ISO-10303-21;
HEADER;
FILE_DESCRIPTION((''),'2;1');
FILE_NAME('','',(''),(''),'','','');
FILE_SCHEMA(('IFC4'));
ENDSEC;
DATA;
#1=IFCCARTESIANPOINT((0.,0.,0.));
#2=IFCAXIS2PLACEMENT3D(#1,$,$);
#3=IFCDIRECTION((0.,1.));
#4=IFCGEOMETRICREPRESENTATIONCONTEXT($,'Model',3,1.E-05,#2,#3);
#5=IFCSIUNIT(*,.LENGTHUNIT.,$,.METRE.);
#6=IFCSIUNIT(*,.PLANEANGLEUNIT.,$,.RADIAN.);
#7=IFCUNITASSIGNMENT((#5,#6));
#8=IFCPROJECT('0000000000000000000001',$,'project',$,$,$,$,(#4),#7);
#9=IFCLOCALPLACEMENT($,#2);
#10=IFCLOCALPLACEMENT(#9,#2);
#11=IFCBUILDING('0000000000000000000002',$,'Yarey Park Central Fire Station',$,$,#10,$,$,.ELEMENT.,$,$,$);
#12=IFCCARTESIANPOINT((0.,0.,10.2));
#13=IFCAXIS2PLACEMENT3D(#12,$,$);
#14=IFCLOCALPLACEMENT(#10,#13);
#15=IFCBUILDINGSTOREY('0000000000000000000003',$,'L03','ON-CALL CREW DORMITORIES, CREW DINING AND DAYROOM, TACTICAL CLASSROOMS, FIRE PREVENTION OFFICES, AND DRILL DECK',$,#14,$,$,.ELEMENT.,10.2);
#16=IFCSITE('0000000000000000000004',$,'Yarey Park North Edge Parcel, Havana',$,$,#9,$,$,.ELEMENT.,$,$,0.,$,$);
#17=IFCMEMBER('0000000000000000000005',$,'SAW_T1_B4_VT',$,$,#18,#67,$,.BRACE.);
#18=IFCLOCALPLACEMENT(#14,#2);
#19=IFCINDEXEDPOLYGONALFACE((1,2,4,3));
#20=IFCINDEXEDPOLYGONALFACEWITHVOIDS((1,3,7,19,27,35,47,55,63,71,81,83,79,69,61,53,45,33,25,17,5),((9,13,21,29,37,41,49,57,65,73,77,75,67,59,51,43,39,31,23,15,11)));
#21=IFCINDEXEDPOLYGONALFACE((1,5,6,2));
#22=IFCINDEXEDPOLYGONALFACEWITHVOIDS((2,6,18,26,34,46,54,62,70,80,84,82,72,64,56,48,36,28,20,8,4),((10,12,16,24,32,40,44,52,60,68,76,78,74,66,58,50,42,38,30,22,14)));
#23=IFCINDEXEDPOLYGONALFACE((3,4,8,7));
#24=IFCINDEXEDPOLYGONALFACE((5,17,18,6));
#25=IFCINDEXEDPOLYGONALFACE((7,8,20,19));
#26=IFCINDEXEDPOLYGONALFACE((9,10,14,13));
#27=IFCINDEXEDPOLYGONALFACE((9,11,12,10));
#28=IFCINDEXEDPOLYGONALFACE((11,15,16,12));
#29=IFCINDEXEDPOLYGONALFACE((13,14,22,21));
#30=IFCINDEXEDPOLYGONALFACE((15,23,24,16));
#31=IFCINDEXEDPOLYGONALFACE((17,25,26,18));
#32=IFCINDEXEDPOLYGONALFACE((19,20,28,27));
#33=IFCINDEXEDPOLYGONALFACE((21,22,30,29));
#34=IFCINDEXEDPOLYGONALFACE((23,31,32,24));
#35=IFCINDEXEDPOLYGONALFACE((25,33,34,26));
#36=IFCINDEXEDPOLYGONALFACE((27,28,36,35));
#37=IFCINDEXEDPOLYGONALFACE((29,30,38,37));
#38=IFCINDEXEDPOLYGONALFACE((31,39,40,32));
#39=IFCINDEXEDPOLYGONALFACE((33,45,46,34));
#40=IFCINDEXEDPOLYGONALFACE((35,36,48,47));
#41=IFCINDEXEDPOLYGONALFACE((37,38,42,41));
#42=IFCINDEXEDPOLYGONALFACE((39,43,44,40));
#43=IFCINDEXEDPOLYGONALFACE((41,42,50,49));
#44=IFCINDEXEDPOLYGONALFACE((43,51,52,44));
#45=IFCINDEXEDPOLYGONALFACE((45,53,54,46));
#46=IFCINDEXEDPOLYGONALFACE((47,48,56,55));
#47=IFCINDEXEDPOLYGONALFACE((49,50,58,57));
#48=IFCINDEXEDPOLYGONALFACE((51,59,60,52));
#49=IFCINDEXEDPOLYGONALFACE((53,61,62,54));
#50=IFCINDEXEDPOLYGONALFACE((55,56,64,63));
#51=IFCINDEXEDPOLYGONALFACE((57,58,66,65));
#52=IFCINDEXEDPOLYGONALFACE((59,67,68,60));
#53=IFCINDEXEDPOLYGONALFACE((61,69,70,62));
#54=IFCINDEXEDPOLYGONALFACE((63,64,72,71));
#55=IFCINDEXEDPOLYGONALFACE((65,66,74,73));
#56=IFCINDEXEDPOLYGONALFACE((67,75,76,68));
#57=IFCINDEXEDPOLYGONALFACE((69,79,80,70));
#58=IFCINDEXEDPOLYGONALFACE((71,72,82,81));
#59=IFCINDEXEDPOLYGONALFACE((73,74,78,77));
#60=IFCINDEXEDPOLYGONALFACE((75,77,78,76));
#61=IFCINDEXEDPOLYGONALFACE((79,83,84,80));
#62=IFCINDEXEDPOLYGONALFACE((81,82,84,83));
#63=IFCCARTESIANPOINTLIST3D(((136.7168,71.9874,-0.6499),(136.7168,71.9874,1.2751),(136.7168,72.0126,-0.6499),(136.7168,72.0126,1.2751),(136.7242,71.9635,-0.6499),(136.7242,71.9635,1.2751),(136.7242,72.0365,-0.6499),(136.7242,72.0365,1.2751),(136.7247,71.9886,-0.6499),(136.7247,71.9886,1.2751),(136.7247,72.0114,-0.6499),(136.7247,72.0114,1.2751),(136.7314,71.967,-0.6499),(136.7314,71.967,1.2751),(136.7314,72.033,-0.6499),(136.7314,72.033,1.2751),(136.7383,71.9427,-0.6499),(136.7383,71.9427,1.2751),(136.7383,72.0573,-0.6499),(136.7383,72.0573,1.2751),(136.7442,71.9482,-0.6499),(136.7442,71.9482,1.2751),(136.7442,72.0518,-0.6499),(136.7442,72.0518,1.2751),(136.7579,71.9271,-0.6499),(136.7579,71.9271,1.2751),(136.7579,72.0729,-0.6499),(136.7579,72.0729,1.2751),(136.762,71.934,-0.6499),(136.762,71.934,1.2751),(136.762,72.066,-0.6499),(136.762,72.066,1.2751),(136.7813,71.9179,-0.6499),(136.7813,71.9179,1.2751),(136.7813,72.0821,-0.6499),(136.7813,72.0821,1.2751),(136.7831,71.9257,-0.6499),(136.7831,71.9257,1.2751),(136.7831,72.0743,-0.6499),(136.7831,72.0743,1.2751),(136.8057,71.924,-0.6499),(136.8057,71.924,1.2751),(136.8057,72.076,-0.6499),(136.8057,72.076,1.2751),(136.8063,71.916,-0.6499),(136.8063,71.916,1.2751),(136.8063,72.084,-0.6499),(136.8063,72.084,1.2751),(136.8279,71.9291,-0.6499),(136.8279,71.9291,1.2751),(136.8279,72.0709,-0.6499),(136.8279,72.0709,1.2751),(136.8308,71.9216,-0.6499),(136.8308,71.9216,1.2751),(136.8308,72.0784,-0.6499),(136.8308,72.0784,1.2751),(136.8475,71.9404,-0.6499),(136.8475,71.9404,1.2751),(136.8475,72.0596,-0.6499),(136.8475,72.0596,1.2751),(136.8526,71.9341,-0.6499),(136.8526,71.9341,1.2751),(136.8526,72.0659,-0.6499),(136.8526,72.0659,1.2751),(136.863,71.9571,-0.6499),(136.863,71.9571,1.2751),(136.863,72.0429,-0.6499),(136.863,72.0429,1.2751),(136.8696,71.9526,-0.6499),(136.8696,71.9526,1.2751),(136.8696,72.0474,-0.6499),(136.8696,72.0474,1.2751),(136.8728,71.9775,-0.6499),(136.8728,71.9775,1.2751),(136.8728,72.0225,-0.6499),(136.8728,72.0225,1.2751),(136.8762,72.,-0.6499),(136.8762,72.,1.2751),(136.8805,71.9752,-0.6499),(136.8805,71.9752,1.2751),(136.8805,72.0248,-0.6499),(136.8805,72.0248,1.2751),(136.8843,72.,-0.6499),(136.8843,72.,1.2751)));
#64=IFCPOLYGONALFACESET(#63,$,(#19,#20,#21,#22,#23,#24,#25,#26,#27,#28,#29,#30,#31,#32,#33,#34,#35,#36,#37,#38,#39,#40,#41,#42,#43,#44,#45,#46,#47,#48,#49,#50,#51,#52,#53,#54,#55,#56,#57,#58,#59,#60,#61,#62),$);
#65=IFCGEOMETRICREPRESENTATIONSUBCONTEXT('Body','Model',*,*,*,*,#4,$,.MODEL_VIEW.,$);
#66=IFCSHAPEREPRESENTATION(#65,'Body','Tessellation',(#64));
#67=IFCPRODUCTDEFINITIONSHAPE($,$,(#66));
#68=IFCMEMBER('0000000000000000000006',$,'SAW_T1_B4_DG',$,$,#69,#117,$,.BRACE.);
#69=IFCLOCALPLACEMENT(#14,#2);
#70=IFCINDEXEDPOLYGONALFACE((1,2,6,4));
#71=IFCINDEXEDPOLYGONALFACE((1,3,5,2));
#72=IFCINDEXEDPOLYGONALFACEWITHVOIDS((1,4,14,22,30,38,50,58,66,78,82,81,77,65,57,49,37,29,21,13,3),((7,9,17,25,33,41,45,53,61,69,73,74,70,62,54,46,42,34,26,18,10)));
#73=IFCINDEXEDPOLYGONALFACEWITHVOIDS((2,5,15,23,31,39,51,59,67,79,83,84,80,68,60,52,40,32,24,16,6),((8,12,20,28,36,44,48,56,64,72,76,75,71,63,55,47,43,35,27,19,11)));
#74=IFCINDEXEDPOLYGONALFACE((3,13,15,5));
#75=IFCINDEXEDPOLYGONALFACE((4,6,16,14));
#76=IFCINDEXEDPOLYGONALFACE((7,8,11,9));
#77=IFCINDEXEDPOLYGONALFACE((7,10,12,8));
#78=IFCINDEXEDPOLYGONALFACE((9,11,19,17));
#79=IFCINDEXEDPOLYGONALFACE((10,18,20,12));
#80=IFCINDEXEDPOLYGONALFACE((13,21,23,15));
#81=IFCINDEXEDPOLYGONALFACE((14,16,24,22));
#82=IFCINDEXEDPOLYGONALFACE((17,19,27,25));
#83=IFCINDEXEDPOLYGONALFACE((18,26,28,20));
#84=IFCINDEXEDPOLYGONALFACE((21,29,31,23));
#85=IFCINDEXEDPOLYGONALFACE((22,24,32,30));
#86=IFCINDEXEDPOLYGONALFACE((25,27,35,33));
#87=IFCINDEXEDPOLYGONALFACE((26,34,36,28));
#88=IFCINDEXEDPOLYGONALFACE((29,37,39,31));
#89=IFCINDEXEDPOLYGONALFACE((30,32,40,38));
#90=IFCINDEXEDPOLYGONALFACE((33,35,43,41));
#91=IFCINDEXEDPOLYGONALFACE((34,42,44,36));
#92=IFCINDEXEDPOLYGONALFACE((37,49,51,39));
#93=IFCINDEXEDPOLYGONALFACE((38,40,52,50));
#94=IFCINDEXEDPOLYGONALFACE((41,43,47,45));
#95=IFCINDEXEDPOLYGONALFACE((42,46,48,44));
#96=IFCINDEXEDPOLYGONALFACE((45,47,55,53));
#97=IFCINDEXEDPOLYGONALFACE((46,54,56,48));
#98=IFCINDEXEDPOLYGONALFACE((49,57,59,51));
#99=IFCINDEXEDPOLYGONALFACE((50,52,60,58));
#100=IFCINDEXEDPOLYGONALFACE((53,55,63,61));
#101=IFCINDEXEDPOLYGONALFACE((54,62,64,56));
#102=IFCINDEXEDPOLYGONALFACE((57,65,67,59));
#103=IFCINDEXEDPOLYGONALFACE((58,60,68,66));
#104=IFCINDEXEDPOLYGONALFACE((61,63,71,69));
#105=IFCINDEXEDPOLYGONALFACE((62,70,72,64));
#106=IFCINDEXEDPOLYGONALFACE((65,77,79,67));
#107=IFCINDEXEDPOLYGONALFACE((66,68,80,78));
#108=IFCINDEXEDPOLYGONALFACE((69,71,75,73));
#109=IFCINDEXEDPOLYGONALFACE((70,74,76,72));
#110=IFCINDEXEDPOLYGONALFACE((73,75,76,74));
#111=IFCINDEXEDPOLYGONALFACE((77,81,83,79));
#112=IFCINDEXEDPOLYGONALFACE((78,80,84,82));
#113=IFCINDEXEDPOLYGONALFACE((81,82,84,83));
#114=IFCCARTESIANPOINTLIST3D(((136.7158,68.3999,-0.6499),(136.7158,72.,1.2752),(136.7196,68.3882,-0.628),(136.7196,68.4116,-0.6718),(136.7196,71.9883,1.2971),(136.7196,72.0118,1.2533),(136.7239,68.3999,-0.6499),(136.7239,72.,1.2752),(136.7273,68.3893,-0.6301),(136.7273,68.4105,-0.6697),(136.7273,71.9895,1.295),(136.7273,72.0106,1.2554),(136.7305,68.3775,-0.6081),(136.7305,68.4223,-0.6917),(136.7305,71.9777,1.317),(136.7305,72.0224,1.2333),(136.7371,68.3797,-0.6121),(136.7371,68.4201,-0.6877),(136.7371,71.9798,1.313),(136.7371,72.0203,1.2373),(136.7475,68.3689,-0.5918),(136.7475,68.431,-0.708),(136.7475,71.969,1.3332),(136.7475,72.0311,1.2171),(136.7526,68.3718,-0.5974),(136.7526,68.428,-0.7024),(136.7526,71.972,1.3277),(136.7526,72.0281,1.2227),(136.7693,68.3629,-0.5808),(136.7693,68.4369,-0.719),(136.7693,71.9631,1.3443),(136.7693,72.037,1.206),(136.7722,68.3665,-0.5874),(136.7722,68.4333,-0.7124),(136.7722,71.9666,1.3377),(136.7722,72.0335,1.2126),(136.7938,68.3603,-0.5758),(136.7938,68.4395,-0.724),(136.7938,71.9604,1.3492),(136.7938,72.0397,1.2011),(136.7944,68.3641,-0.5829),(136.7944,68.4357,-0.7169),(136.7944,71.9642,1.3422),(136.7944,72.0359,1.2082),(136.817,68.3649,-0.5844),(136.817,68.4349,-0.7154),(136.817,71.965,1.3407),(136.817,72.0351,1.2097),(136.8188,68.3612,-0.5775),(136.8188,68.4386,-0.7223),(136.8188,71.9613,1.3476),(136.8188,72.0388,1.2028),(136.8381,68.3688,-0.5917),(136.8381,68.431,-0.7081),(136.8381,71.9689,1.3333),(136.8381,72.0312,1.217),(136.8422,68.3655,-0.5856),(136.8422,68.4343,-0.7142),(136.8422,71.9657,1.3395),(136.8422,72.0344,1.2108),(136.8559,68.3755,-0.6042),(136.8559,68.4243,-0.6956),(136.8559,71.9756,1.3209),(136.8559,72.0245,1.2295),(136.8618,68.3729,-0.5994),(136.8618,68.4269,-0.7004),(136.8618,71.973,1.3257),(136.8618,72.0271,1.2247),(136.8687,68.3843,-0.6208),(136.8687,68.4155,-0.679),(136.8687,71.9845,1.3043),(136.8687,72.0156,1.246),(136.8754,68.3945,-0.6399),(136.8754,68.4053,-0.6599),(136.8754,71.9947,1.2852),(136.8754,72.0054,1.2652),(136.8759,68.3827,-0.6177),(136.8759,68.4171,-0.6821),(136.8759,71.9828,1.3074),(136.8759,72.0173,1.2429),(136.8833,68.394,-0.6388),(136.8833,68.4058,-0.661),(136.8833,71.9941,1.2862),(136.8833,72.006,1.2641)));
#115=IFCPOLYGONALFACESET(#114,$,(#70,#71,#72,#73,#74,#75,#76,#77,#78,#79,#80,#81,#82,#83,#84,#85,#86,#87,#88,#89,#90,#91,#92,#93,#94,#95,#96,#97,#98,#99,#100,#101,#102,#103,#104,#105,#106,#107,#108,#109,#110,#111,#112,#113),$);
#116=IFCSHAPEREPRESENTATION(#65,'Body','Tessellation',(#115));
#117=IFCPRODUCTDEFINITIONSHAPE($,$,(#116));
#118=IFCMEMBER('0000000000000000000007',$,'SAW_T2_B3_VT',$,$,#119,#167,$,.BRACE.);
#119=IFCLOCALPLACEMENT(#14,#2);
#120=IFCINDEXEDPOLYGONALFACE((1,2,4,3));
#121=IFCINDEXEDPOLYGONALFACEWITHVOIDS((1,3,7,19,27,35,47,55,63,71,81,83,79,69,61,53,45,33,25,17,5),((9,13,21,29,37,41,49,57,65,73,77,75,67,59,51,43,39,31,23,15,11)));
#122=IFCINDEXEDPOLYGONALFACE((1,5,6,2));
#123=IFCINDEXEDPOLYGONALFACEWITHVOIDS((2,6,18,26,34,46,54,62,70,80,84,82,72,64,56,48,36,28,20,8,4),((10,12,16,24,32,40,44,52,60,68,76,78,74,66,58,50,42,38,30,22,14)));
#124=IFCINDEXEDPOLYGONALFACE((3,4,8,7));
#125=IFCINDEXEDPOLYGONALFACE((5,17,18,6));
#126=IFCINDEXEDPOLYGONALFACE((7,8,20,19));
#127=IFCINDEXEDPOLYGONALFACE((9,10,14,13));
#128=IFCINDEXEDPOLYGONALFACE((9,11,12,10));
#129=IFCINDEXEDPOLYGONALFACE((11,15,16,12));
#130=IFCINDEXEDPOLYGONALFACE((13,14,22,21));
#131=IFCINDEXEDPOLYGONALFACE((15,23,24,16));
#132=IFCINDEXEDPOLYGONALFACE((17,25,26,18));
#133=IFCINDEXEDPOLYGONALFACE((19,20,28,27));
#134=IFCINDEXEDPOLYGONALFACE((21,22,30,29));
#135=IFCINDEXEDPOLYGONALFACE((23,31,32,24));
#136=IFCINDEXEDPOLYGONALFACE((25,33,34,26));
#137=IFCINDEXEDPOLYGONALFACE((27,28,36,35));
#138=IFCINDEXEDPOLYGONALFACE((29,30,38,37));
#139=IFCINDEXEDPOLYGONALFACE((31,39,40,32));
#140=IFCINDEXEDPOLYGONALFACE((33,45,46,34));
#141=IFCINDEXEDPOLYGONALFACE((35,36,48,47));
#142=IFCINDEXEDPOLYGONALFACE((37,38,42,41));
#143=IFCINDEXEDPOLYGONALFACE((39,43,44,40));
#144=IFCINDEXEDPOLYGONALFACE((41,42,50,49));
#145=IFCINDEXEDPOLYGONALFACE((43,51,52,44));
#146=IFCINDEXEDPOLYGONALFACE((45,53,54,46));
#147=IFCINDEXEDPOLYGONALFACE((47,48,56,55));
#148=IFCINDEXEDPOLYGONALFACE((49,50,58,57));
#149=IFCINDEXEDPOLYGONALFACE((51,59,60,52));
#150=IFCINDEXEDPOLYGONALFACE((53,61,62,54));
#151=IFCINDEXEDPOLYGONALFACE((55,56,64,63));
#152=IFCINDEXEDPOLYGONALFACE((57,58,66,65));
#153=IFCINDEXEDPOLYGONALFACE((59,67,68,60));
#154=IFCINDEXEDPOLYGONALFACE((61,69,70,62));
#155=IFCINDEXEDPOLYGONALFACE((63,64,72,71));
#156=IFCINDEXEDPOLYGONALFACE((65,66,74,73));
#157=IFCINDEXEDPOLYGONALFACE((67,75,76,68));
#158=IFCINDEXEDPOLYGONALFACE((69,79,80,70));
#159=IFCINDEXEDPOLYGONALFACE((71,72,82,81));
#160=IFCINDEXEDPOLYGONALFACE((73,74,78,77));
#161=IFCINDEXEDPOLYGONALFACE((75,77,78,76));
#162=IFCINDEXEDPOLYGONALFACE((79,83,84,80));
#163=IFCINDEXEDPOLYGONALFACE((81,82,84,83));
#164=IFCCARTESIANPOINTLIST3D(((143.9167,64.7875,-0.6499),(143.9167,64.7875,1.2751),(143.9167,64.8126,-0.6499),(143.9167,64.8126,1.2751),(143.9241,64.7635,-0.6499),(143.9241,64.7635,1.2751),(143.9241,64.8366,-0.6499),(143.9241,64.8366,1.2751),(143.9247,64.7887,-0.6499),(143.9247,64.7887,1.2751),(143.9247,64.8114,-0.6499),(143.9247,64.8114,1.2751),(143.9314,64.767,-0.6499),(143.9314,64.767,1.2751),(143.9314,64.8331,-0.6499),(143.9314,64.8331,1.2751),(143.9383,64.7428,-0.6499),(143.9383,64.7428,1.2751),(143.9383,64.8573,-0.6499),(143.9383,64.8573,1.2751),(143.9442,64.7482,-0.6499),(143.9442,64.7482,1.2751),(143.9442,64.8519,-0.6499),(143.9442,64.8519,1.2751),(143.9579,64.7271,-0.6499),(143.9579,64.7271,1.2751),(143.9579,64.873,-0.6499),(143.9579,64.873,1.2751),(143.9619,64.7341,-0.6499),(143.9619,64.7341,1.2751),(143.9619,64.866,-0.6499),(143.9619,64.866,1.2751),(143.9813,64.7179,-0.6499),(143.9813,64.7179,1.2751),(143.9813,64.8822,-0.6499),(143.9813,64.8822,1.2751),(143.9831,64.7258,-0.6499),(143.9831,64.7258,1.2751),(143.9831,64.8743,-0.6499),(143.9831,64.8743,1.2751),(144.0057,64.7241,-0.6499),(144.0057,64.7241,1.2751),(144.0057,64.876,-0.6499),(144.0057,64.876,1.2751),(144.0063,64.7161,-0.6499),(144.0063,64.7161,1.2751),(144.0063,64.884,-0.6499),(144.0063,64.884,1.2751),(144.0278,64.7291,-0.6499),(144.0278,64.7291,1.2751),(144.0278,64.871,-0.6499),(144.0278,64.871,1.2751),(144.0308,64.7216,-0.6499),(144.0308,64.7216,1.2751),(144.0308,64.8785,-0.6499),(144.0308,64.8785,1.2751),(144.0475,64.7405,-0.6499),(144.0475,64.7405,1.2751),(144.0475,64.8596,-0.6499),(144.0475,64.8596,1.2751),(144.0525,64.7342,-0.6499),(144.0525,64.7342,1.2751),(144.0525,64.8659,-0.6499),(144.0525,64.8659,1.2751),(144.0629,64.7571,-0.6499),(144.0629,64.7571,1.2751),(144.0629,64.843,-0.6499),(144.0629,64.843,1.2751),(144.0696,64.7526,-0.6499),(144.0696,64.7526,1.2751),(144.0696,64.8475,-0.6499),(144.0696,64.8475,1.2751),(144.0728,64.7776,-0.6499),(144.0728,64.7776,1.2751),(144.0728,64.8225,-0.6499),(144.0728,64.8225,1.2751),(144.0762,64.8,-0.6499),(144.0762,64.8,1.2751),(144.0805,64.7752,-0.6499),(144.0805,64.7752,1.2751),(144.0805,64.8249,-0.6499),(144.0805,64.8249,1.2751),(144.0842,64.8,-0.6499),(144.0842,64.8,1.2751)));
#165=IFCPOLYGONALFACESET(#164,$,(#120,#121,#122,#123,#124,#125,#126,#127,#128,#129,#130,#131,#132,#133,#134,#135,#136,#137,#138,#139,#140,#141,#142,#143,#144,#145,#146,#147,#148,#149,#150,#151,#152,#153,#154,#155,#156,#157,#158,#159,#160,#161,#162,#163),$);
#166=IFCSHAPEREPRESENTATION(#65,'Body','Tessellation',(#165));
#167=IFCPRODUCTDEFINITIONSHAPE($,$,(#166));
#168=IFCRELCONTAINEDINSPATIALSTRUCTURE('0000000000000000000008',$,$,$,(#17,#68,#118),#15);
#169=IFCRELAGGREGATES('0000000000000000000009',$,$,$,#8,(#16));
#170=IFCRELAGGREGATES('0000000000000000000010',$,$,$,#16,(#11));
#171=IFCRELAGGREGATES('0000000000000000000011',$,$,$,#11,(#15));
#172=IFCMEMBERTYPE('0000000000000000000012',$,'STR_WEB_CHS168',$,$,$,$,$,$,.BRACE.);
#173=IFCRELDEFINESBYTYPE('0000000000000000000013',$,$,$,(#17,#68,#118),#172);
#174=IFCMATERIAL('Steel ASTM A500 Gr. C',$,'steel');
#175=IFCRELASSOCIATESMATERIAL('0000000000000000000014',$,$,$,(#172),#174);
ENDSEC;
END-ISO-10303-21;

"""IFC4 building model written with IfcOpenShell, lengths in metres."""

from ifc_helpers import new_model, si_unit, direction, frame, origin, origin_2d, place, context, subcontext, project, spatial, hollow_circle, extrude, material, material_profile, profile_set, type_object, element, save


model = new_model("IFC4")

# Units and contexts
model_context = context("Model", 3, precision=1e-05, world=origin(), true_north=direction((0.0, 1.0)))
body_context = subcontext(model_context, "Body", "Model", "MODEL_VIEW")
ifc_project = project(units=[si_unit("LENGTHUNIT", "METRE"), si_unit("PLANEANGLEUNIT", "RADIAN")], contexts=[model_context])

# Site, building, storey
site_placement = place(None, origin())
site = spatial("IfcSite", under=ifc_project, at=site_placement, Name="Yarey Park North Edge Parcel, Havana", CompositionType="ELEMENT", RefElevation=0.0)
building_placement = place(site_placement, origin())
building = spatial("IfcBuilding", under=site, at=building_placement, Name="Yarey Park Central Fire Station", CompositionType="ELEMENT")
storey_placement = place(building_placement, frame((0.0, 0.0, 10.2)))
storey = spatial("IfcBuildingStorey", under=building, at=storey_placement, Name="L03", Description="ON-CALL CREW DORMITORIES, CREW DINING AND DAYROOM, TACTICAL CLASSROOMS, FIRE PREVENTION OFFICES, AND DRILL DECK", CompositionType="ELEMENT", Elevation=10.2)

# Shared definitions
ifc_material_1 = material(Name="Steel ASTM A500 Gr. C", Category="steel")

# Members
ifc_material_profile_1 = material_profile(ifc_material_1, hollow_circle(Radius=0.0842, WallThickness=0.0081, at=origin_2d()), Name="CHS 168.3x8")
ifc_profile_set_1 = profile_set([ifc_material_profile_1], Name="Steel ASTM A500 Gr. C")
member_type_1 = type_object("IfcMemberType", Name="STR_WEB_CHS168", PredefinedType="BRACE", material=ifc_profile_set_1)
for number, where, z_axis, x_axis, name in (
    (1, (136.8, 72.0, -0.6499), (0.0, 0.0, 1.0), (1.0, 0.0, 0.0), "SAW_T1_B4_VT"),
):
    element("IfcMember", number, at=place(storey_placement, frame(where, z_axis=z_axis, x_axis=x_axis)), inside=storey, type_object=member_type_1, Name=name, PredefinedType="BRACE", context=body_context, shape_type="SweptSolid", body=[
        extrude(hollow_circle(Radius=0.0842, WallThickness=0.0081, at=origin_2d()), origin(), (0.0, 0.0, 1.0), 1.925),
    ])
member_1_placement = place(storey_placement, frame((136.8, 68.3999, -0.6499), z_axis=(0.0, 0.881844, 0.471541), x_axis=(-1.0, 0.0, 0.0)))
element("IfcMember", 2, at=member_1_placement, inside=storey, type_object=member_type_1, Name="SAW_T1_B4_DG", PredefinedType="BRACE", context=body_context, shape_type="SweptSolid", body=[
    extrude(hollow_circle(Radius=0.0842, WallThickness=0.0081, at=origin_2d()), origin(), (0.0, 0.0, 1.0), 4.0825),
])
member_2_placement = place(storey_placement, frame((144.0, 64.8, -0.6499), z_axis=(0.0, 0.0, 1.0), x_axis=(1.0, 0.0, 0.0)))
element("IfcMember", 3, at=member_2_placement, inside=storey, type_object=member_type_1, Name="SAW_T2_B3_VT", PredefinedType="BRACE", context=body_context, shape_type="SweptSolid", body=[
    extrude(hollow_circle(Radius=0.0842, WallThickness=0.0081, at=origin_2d()), origin(), (0.0, 0.0, 1.0), 1.925),
])

save(model, "model.ifc")
